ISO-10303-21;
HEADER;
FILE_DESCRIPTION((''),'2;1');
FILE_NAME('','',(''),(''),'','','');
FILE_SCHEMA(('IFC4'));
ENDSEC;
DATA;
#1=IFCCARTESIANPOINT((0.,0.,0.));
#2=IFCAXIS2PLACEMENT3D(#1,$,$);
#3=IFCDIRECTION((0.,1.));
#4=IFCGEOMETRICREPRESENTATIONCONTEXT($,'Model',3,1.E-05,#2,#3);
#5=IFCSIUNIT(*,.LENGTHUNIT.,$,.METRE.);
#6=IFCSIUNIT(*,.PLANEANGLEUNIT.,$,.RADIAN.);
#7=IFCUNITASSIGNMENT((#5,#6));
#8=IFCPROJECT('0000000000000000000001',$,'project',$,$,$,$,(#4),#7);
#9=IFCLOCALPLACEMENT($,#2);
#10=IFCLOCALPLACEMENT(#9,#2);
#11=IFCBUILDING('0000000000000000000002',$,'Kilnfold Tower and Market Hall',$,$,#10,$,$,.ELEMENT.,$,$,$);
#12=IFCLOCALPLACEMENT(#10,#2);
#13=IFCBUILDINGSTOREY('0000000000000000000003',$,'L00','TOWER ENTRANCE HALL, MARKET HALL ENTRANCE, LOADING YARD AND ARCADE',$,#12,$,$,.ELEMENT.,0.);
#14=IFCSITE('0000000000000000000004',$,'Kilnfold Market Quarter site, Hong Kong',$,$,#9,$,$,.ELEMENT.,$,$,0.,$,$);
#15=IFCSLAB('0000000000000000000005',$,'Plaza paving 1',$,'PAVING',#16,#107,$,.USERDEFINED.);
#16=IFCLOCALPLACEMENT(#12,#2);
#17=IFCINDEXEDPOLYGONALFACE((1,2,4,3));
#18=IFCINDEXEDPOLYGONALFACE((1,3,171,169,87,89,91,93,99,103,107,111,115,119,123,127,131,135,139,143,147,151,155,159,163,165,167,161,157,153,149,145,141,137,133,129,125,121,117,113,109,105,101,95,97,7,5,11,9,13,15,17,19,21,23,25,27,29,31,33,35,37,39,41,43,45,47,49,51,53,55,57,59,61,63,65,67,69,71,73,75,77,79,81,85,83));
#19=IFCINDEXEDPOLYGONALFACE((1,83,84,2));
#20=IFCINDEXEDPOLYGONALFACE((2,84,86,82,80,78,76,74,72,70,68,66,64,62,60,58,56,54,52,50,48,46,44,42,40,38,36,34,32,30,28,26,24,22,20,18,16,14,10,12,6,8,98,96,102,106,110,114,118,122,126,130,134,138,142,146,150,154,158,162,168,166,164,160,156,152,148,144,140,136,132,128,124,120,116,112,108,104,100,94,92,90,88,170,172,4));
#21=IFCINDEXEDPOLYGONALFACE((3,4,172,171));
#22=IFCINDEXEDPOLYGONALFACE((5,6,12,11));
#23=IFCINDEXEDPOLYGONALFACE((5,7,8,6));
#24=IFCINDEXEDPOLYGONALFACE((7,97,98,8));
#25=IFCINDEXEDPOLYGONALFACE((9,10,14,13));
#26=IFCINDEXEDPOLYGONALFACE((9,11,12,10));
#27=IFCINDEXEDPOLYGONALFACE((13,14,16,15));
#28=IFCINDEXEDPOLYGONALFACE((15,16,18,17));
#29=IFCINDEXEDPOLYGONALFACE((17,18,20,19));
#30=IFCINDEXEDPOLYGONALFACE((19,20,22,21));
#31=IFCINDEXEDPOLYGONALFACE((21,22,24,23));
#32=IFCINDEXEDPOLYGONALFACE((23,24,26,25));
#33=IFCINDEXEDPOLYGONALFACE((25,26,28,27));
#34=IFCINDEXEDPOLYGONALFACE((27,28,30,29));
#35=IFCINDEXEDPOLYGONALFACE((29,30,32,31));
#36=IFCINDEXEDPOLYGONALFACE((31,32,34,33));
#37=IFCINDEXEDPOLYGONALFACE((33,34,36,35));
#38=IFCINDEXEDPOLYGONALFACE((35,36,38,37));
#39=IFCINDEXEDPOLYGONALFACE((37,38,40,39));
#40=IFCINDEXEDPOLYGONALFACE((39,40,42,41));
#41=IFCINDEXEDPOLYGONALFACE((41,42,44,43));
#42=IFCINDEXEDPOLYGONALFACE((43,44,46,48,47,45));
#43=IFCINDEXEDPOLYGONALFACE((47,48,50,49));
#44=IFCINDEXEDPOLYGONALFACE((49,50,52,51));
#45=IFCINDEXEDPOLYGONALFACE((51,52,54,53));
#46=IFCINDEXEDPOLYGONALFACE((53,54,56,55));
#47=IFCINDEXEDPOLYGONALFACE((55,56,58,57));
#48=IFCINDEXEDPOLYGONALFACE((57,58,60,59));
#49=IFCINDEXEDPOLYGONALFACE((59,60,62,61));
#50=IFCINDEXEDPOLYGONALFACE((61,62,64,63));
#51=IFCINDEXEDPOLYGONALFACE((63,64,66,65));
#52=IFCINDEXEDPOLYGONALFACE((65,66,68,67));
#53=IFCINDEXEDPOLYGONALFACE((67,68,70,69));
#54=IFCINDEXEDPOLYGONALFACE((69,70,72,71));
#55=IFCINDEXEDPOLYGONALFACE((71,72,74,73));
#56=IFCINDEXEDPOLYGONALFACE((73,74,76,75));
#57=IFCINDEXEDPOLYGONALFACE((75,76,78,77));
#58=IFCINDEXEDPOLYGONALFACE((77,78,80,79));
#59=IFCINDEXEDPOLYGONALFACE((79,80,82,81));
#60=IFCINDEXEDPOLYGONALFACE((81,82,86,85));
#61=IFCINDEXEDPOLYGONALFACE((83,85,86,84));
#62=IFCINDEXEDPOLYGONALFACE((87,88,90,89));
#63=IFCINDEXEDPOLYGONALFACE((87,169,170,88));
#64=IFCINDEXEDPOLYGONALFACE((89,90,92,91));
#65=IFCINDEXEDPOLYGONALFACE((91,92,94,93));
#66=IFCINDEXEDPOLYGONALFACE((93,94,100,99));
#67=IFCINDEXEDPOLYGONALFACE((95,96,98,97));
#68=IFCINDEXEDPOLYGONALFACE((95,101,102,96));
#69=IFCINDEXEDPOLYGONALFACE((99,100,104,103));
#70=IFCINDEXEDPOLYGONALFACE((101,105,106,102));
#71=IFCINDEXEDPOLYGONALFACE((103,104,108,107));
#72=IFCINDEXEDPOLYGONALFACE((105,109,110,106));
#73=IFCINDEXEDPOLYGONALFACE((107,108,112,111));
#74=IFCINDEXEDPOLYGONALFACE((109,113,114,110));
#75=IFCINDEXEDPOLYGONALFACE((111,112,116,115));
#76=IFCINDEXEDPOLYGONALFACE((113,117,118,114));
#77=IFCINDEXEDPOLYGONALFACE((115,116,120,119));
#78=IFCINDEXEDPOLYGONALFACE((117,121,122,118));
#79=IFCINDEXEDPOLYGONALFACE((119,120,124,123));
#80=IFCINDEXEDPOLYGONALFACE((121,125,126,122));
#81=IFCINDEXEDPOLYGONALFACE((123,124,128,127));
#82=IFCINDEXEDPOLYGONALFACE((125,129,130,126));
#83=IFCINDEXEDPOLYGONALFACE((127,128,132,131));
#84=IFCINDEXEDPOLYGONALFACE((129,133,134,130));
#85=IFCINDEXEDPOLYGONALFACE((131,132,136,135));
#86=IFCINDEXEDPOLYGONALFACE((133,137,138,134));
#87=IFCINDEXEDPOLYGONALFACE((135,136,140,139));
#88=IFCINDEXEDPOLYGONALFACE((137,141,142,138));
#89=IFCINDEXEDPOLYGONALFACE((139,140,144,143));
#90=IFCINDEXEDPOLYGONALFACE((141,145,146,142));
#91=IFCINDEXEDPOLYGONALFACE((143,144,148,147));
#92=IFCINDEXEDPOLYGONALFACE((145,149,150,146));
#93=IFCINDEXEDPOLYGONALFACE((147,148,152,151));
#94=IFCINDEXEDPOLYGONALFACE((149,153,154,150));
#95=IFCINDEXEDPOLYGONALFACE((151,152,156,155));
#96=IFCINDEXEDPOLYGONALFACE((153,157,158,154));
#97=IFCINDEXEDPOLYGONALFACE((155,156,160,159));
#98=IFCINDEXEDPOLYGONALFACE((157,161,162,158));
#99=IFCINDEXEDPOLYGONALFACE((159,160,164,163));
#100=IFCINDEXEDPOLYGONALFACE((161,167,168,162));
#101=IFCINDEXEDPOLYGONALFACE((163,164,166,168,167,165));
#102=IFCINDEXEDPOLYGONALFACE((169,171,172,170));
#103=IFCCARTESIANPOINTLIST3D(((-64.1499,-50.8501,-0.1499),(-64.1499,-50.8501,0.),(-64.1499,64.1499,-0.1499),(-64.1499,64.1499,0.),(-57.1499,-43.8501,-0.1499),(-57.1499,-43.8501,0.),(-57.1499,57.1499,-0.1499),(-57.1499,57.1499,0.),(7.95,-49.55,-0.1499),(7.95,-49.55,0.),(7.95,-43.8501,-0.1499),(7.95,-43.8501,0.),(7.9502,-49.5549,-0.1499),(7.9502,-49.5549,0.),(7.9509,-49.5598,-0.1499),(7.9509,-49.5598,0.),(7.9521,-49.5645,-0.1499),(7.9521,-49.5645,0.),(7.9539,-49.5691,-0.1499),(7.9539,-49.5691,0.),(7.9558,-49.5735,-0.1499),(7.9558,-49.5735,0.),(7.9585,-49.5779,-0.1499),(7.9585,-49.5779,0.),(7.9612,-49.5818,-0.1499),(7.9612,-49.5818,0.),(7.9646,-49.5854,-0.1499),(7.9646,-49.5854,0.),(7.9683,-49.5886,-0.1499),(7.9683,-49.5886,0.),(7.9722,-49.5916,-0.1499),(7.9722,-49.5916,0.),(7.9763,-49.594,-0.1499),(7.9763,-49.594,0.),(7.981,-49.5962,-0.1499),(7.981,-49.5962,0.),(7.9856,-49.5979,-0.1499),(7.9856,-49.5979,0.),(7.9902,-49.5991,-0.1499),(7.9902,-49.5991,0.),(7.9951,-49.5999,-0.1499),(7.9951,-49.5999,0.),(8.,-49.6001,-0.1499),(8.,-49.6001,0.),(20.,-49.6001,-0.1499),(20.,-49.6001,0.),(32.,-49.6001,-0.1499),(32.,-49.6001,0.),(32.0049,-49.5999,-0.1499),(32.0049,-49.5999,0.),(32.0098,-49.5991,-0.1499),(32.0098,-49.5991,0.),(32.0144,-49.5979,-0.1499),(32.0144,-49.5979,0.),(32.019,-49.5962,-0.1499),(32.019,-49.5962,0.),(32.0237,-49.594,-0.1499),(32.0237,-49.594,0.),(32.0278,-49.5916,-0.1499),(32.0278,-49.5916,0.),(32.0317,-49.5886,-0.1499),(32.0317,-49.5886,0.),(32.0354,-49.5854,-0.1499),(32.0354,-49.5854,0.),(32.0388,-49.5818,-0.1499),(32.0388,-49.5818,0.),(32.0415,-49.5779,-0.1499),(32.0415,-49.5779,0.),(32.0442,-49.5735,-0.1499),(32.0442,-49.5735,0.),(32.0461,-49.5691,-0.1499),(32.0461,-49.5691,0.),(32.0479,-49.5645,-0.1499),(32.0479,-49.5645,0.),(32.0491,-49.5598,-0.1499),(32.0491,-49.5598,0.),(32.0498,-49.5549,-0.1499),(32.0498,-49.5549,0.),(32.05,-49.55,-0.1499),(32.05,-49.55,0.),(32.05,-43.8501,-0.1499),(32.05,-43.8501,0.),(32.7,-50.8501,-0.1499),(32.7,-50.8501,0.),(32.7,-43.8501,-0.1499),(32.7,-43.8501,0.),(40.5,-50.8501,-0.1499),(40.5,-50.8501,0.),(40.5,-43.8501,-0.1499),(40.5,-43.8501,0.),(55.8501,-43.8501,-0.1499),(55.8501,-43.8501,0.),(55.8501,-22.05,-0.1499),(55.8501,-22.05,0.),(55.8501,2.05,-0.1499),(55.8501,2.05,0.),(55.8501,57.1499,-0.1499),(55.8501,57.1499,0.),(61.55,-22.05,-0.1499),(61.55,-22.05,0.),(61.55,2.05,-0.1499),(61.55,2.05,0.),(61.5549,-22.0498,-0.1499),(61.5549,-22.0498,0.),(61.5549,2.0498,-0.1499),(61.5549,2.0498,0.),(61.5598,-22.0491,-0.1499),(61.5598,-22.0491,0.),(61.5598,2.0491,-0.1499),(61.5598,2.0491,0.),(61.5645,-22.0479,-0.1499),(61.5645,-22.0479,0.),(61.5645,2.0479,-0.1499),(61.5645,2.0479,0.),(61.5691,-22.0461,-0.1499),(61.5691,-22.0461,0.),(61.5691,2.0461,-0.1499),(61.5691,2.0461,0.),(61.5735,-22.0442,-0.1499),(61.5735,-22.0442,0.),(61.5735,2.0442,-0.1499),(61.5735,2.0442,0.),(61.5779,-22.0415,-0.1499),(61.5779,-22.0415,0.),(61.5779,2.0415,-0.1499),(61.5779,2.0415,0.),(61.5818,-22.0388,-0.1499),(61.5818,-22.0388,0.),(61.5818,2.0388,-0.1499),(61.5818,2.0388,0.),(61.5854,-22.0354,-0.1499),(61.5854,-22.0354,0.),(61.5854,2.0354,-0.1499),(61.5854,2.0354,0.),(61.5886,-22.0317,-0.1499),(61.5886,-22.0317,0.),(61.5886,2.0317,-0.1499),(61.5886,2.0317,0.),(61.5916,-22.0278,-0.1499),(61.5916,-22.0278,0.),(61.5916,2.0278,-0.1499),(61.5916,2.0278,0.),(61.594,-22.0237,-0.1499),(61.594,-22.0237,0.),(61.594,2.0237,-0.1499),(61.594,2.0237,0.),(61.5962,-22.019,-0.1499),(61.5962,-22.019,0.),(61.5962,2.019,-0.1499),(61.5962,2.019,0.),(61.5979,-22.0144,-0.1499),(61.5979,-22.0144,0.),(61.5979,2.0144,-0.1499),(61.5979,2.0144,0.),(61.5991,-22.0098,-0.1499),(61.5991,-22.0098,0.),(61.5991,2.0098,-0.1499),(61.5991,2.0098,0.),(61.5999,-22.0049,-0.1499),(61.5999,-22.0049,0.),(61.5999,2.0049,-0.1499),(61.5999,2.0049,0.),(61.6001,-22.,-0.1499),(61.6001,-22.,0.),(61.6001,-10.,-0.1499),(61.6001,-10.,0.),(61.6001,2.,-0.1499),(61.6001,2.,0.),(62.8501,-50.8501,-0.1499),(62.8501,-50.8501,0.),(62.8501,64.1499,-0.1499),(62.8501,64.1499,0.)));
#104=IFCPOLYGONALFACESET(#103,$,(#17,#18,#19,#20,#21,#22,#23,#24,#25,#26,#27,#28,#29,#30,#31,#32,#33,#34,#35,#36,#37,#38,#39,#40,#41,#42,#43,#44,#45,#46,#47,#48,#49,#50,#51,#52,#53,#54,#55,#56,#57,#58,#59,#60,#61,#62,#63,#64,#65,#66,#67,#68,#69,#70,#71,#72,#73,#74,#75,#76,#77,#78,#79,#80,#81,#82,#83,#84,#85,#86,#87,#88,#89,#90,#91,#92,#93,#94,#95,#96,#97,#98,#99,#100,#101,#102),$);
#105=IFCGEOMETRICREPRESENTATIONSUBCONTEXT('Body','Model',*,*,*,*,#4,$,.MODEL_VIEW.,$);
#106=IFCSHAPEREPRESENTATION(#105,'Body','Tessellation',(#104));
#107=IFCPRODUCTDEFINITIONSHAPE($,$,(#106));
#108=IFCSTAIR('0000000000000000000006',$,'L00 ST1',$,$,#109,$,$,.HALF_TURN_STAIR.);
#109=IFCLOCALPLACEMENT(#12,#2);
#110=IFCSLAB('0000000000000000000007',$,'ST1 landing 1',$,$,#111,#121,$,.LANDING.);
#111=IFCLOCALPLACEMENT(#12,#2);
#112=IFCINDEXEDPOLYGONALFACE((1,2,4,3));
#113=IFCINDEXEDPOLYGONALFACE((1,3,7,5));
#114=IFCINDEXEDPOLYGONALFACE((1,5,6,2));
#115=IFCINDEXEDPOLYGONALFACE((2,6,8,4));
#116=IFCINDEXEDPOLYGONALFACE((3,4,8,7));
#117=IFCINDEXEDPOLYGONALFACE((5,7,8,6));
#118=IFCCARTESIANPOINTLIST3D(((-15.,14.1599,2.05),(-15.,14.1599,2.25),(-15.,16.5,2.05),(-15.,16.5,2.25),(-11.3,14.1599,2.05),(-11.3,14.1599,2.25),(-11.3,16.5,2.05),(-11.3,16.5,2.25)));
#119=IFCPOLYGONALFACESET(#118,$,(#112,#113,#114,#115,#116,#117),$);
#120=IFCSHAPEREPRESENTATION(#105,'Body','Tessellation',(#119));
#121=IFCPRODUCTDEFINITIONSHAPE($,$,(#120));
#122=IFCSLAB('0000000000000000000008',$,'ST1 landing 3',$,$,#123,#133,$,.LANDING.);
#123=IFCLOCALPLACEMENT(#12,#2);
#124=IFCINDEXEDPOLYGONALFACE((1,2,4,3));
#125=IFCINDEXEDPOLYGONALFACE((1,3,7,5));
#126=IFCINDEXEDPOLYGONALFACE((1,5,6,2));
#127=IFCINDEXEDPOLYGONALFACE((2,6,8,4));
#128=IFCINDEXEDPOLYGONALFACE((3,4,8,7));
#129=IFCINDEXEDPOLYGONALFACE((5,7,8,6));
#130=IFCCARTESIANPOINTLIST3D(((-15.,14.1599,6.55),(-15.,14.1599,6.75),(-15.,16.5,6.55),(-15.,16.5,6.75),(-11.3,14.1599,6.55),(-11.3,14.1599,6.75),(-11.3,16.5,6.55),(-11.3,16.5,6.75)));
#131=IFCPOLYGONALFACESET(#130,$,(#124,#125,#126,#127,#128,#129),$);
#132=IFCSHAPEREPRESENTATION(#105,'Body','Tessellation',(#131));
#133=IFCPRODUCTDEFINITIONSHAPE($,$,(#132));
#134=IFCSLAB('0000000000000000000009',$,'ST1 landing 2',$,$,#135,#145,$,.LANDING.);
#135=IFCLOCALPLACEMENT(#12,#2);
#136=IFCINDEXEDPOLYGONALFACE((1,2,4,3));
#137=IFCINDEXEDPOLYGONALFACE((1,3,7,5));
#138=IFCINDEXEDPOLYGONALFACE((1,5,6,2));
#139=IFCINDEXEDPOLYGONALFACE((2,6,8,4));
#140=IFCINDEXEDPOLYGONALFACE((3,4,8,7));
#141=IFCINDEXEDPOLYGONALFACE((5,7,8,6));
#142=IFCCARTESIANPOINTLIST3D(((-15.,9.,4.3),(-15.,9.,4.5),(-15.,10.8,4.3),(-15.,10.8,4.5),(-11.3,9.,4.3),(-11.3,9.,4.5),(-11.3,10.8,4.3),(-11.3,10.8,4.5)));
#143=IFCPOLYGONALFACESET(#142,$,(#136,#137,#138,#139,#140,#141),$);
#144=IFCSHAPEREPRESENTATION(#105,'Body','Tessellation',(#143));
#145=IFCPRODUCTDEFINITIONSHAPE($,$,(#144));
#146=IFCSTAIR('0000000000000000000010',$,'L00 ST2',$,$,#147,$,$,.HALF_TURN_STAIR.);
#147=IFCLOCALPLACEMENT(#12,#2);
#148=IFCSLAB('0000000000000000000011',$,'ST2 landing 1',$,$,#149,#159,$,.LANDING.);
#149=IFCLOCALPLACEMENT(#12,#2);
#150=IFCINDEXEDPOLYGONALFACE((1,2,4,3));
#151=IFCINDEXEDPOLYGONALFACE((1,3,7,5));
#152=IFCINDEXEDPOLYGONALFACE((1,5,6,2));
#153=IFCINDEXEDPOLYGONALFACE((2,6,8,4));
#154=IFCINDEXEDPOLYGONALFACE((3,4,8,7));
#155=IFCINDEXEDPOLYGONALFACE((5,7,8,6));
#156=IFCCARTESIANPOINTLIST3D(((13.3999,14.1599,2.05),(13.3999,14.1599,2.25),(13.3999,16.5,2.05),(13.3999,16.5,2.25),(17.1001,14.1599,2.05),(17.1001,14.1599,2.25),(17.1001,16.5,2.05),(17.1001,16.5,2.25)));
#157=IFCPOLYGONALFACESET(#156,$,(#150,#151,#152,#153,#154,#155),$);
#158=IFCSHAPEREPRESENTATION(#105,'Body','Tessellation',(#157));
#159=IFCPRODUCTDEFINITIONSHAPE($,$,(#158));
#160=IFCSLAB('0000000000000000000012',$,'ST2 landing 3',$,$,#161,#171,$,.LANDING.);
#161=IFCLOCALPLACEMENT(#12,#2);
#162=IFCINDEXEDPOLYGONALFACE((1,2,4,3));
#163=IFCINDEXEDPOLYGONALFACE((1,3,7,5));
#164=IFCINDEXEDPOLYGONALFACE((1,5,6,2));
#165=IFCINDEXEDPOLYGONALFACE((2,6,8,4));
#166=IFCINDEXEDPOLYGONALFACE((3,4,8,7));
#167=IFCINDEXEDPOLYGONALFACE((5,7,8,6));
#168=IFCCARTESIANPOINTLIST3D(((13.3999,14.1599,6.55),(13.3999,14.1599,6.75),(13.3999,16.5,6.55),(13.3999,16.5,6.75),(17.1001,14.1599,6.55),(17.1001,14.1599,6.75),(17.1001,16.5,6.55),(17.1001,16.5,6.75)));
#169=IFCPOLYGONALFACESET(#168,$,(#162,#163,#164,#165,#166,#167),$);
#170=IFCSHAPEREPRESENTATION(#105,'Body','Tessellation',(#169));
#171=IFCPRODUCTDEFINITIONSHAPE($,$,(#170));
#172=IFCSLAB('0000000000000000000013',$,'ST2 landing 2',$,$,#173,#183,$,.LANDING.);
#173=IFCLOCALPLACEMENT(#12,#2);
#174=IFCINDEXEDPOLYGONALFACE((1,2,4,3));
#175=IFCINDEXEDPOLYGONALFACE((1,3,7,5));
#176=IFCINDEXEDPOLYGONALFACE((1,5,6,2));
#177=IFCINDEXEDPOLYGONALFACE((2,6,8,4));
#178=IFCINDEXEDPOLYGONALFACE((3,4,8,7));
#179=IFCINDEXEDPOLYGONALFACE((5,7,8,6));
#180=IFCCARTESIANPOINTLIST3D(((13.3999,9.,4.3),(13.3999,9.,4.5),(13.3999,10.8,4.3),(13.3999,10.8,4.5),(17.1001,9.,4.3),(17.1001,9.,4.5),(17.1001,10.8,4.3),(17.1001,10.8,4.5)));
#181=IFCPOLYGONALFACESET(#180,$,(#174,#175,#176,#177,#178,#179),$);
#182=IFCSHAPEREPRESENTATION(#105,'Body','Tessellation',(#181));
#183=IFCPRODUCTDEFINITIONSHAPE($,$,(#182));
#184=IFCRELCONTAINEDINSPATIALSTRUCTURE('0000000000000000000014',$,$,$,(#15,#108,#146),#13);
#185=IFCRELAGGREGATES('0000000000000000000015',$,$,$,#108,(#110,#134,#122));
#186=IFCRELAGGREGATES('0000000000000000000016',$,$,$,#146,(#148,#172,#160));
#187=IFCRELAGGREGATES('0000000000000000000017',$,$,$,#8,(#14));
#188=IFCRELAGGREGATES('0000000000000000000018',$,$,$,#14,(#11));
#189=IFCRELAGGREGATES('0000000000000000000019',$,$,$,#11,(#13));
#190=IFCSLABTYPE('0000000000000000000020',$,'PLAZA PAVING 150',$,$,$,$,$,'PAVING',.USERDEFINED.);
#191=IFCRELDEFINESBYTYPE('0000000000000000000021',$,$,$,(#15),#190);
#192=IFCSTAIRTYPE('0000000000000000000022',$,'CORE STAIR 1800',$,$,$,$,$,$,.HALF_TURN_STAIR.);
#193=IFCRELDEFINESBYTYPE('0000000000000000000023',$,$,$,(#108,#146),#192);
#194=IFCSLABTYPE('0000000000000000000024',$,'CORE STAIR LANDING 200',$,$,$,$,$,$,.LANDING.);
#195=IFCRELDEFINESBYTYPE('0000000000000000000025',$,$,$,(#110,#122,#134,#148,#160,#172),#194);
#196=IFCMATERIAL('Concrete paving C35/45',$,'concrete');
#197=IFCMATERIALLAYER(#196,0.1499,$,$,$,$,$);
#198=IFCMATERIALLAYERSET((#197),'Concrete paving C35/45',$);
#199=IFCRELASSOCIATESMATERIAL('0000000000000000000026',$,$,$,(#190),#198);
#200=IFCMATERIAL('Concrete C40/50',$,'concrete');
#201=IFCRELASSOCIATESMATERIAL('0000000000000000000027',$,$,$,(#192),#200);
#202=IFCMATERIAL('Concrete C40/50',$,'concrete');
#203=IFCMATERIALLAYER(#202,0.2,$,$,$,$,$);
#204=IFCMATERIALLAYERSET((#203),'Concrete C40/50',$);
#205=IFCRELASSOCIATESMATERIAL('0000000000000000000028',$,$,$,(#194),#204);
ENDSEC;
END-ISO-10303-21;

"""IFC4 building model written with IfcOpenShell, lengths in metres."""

from ifc_helpers import new_model, si_unit, direction, frame, origin, place, context, subcontext, project, spatial, polyline, outline, extrude, source, transform, mapped, material, layer, layer_set, type_object, element, aggregate, save


model = new_model("IFC4")

# Units and contexts
model_context = context("Model", 3, precision=1e-05, world=origin(), true_north=direction((0.0, 1.0)))
body_context = subcontext(model_context, "Body", "Model", "MODEL_VIEW")
ifc_project = project(units=[si_unit("LENGTHUNIT", "METRE"), si_unit("PLANEANGLEUNIT", "RADIAN")], contexts=[model_context])

# Site, building, storey
site_placement = place(None, origin())
site = spatial("IfcSite", under=ifc_project, at=site_placement, Name="Kilnfold Market Quarter site, Hong Kong", CompositionType="ELEMENT", RefElevation=0.0)
building_placement = place(site_placement, origin())
building = spatial("IfcBuilding", under=site, at=building_placement, Name="Kilnfold Tower and Market Hall", CompositionType="ELEMENT")
storey_placement = place(building_placement, origin())
storey = spatial("IfcBuildingStorey", under=building, at=storey_placement, Name="L00", Description="TOWER ENTRANCE HALL, MARKET HALL ENTRANCE, LOADING YARD AND ARCADE", CompositionType="ELEMENT", Elevation=0.0)

# Slab
ifc_material_1 = material(Name="Concrete paving C35/45", Category="concrete")
ifc_layer_1 = layer(ifc_material_1, 0.1499)
ifc_layer_set_1 = layer_set([ifc_layer_1], Name="Concrete paving C35/45")
slab_type_1 = type_object("IfcSlabType", Name="PLAZA PAVING 150", ElementType="PAVING", PredefinedType="USERDEFINED", material=ifc_layer_set_1)
shared_shape_1 = source(origin(), body_context, "Body", "SweptSolid", [
    extrude(outline(polyline([(-64.1499, -50.8501), (32.7, -50.8501), (32.7, -43.8501), (32.05, -43.8501), (32.05, -49.55), (32.0498, -49.5549), (32.0491, -49.5598), (32.0479, -49.5645), (32.0461, -49.5691), (32.0442, -49.5735), (32.0415, -49.5779), (32.0388, -49.5818), (32.0354, -49.5854), (32.0317, -49.5886), (32.0278, -49.5916), (32.0237, -49.594), (32.019, -49.5962), (32.0144, -49.5979), (32.0098, -49.5991), (32.0049, -49.5999), (32.0, -49.6001), (20.0, -49.6001), (8.0, -49.6001), (7.9951, -49.5999), (7.9902, -49.5991), (7.9856, -49.5979), (7.981, -49.5962), (7.9763, -49.594), (7.9722, -49.5916), (7.9683, -49.5886), (7.9646, -49.5854), (7.9612, -49.5818), (7.9585, -49.5779), (7.9558, -49.5735), (7.9539, -49.5691), (7.9521, -49.5645), (7.9509, -49.5598), (7.9502, -49.5549), (7.95, -49.55), (7.95, -43.8501), (-57.1499, -43.8501), (-57.1499, 57.1499), (55.8501, 57.1499), (55.8501, 2.05), (61.55, 2.05), (61.5549, 2.0498), (61.5598, 2.0491), (61.5645, 2.0479), (61.5691, 2.0461), (61.5735, 2.0442), (61.5779, 2.0415), (61.5818, 2.0388), (61.5854, 2.0354), (61.5886, 2.0317), (61.5916, 2.0278), (61.594, 2.0237), (61.5962, 2.019), (61.5979, 2.0144), (61.5991, 2.0098), (61.5999, 2.0049), (61.6001, 2.0), (61.6001, -10.0), (61.6001, -22.0), (61.5999, -22.0049), (61.5991, -22.0098), (61.5979, -22.0144), (61.5962, -22.019), (61.594, -22.0237), (61.5916, -22.0278), (61.5886, -22.0317), (61.5854, -22.0354), (61.5818, -22.0388), (61.5779, -22.0415), (61.5735, -22.0442), (61.5691, -22.0461), (61.5645, -22.0479), (61.5598, -22.0491), (61.5549, -22.0498), (61.55, -22.05), (55.8501, -22.05), (55.8501, -43.8501), (40.5, -43.8501), (40.5, -50.8501), (62.8501, -50.8501), (62.8501, 64.1499), (-64.1499, 64.1499), (-64.1499, -50.8501)])), origin(), (0.0, 0.0, 1.0), 0.1499),
])
slab_1_placement = place(storey_placement, frame((0.0, 0.0, -0.1499)))
element("IfcSlab", 1, at=slab_1_placement, inside=storey, type_object=slab_type_1, Name="Plaza paving 1", ObjectType="PAVING", PredefinedType="USERDEFINED", context=body_context, shape_type="MappedRepresentation", body=[
    mapped(shared_shape_1, transform((0.0, 0.0, 0.0))),
])

# Stairs, slabs
ifc_material_2 = material(Name="Concrete C40/50", Category="concrete")
stair_type_1 = type_object("IfcStairType", Name="CORE STAIR 1800", PredefinedType="HALF_TURN_STAIR", material=ifc_material_2)
stair_1_placement = place(storey_placement, origin())
stair_1 = element("IfcStair", 2, at=stair_1_placement, inside=storey, type_object=stair_type_1, Name="L00 ST1", PredefinedType="HALF_TURN_STAIR")
ifc_material_3 = material(Name="Concrete C40/50", Category="concrete")
ifc_layer_2 = layer(ifc_material_3, 0.2)
ifc_layer_set_2 = layer_set([ifc_layer_2], Name="Concrete C40/50")
slab_type_2 = type_object("IfcSlabType", Name="CORE STAIR LANDING 200", PredefinedType="LANDING", material=ifc_layer_set_2)
shared_shape_2 = source(origin(), body_context, "Body", "SweptSolid", [
    extrude(outline(polyline([(-11.3, 14.1599), (-11.3, 16.5), (-15.0, 16.5), (-15.0, 14.1599), (-11.3, 14.1599)])), origin(), (0.0, 0.0, 1.0), 0.2),
])
slab_2_placement = place(storey_placement, frame((0.0, 0.0, 2.05)))
slab_2 = element("IfcSlab", 3, at=slab_2_placement, type_object=slab_type_2, Name="ST1 landing 1", PredefinedType="LANDING", context=body_context, shape_type="MappedRepresentation", body=[
    mapped(shared_shape_2, transform((0.0, 0.0, 0.0))),
])
slab_3_placement = place(storey_placement, frame((0.0, 0.0, 6.55)))
slab_3 = element("IfcSlab", 4, at=slab_3_placement, type_object=slab_type_2, Name="ST1 landing 3", PredefinedType="LANDING", context=body_context, shape_type="MappedRepresentation", body=[
    mapped(shared_shape_2, transform((0.0, 0.0, 0.0))),
])
shared_shape_3 = source(origin(), body_context, "Body", "SweptSolid", [
    extrude(outline(polyline([(-11.3, 9.0), (-11.3, 10.8), (-15.0, 10.8), (-15.0, 9.0), (-11.3, 9.0)])), origin(), (0.0, 0.0, 1.0), 0.2),
])
slab_4_placement = place(storey_placement, frame((0.0, 0.0, 4.3)))
slab_4 = element("IfcSlab", 5, at=slab_4_placement, type_object=slab_type_2, Name="ST1 landing 2", PredefinedType="LANDING", context=body_context, shape_type="MappedRepresentation", body=[
    mapped(shared_shape_3, transform((0.0, 0.0, 0.0))),
])
aggregate(stair_1, [slab_2, slab_4, slab_3])
stair_2_placement = place(storey_placement, origin())
stair_2 = element("IfcStair", 6, at=stair_2_placement, inside=storey, type_object=stair_type_1, Name="L00 ST2", PredefinedType="HALF_TURN_STAIR")
shared_shape_4 = source(origin(), body_context, "Body", "SweptSolid", [
    extrude(outline(polyline([(17.1001, 14.1599), (17.1001, 16.5), (13.3999, 16.5), (13.3999, 14.1599), (17.1001, 14.1599)])), origin(), (0.0, 0.0, 1.0), 0.2),
])
slab_5_placement = place(storey_placement, frame((0.0, 0.0, 2.05)))
slab_5 = element("IfcSlab", 7, at=slab_5_placement, type_object=slab_type_2, Name="ST2 landing 1", PredefinedType="LANDING", context=body_context, shape_type="MappedRepresentation", body=[
    mapped(shared_shape_4, transform((0.0, 0.0, 0.0))),
])
slab_6_placement = place(storey_placement, frame((0.0, 0.0, 6.55)))
slab_6 = element("IfcSlab", 8, at=slab_6_placement, type_object=slab_type_2, Name="ST2 landing 3", PredefinedType="LANDING", context=body_context, shape_type="MappedRepresentation", body=[
    mapped(shared_shape_4, transform((0.0, 0.0, 0.0))),
])
shared_shape_5 = source(origin(), body_context, "Body", "SweptSolid", [
    extrude(outline(polyline([(17.1001, 9.0), (17.1001, 10.8), (13.3999, 10.8), (13.3999, 9.0), (17.1001, 9.0)])), origin(), (0.0, 0.0, 1.0), 0.2),
])
slab_7_placement = place(storey_placement, frame((0.0, 0.0, 4.3)))
slab_7 = element("IfcSlab", 9, at=slab_7_placement, type_object=slab_type_2, Name="ST2 landing 2", PredefinedType="LANDING", context=body_context, shape_type="MappedRepresentation", body=[
    mapped(shared_shape_5, transform((0.0, 0.0, 0.0))),
])
aggregate(stair_2, [slab_5, slab_7, slab_6])

save(model, "model.ifc")
